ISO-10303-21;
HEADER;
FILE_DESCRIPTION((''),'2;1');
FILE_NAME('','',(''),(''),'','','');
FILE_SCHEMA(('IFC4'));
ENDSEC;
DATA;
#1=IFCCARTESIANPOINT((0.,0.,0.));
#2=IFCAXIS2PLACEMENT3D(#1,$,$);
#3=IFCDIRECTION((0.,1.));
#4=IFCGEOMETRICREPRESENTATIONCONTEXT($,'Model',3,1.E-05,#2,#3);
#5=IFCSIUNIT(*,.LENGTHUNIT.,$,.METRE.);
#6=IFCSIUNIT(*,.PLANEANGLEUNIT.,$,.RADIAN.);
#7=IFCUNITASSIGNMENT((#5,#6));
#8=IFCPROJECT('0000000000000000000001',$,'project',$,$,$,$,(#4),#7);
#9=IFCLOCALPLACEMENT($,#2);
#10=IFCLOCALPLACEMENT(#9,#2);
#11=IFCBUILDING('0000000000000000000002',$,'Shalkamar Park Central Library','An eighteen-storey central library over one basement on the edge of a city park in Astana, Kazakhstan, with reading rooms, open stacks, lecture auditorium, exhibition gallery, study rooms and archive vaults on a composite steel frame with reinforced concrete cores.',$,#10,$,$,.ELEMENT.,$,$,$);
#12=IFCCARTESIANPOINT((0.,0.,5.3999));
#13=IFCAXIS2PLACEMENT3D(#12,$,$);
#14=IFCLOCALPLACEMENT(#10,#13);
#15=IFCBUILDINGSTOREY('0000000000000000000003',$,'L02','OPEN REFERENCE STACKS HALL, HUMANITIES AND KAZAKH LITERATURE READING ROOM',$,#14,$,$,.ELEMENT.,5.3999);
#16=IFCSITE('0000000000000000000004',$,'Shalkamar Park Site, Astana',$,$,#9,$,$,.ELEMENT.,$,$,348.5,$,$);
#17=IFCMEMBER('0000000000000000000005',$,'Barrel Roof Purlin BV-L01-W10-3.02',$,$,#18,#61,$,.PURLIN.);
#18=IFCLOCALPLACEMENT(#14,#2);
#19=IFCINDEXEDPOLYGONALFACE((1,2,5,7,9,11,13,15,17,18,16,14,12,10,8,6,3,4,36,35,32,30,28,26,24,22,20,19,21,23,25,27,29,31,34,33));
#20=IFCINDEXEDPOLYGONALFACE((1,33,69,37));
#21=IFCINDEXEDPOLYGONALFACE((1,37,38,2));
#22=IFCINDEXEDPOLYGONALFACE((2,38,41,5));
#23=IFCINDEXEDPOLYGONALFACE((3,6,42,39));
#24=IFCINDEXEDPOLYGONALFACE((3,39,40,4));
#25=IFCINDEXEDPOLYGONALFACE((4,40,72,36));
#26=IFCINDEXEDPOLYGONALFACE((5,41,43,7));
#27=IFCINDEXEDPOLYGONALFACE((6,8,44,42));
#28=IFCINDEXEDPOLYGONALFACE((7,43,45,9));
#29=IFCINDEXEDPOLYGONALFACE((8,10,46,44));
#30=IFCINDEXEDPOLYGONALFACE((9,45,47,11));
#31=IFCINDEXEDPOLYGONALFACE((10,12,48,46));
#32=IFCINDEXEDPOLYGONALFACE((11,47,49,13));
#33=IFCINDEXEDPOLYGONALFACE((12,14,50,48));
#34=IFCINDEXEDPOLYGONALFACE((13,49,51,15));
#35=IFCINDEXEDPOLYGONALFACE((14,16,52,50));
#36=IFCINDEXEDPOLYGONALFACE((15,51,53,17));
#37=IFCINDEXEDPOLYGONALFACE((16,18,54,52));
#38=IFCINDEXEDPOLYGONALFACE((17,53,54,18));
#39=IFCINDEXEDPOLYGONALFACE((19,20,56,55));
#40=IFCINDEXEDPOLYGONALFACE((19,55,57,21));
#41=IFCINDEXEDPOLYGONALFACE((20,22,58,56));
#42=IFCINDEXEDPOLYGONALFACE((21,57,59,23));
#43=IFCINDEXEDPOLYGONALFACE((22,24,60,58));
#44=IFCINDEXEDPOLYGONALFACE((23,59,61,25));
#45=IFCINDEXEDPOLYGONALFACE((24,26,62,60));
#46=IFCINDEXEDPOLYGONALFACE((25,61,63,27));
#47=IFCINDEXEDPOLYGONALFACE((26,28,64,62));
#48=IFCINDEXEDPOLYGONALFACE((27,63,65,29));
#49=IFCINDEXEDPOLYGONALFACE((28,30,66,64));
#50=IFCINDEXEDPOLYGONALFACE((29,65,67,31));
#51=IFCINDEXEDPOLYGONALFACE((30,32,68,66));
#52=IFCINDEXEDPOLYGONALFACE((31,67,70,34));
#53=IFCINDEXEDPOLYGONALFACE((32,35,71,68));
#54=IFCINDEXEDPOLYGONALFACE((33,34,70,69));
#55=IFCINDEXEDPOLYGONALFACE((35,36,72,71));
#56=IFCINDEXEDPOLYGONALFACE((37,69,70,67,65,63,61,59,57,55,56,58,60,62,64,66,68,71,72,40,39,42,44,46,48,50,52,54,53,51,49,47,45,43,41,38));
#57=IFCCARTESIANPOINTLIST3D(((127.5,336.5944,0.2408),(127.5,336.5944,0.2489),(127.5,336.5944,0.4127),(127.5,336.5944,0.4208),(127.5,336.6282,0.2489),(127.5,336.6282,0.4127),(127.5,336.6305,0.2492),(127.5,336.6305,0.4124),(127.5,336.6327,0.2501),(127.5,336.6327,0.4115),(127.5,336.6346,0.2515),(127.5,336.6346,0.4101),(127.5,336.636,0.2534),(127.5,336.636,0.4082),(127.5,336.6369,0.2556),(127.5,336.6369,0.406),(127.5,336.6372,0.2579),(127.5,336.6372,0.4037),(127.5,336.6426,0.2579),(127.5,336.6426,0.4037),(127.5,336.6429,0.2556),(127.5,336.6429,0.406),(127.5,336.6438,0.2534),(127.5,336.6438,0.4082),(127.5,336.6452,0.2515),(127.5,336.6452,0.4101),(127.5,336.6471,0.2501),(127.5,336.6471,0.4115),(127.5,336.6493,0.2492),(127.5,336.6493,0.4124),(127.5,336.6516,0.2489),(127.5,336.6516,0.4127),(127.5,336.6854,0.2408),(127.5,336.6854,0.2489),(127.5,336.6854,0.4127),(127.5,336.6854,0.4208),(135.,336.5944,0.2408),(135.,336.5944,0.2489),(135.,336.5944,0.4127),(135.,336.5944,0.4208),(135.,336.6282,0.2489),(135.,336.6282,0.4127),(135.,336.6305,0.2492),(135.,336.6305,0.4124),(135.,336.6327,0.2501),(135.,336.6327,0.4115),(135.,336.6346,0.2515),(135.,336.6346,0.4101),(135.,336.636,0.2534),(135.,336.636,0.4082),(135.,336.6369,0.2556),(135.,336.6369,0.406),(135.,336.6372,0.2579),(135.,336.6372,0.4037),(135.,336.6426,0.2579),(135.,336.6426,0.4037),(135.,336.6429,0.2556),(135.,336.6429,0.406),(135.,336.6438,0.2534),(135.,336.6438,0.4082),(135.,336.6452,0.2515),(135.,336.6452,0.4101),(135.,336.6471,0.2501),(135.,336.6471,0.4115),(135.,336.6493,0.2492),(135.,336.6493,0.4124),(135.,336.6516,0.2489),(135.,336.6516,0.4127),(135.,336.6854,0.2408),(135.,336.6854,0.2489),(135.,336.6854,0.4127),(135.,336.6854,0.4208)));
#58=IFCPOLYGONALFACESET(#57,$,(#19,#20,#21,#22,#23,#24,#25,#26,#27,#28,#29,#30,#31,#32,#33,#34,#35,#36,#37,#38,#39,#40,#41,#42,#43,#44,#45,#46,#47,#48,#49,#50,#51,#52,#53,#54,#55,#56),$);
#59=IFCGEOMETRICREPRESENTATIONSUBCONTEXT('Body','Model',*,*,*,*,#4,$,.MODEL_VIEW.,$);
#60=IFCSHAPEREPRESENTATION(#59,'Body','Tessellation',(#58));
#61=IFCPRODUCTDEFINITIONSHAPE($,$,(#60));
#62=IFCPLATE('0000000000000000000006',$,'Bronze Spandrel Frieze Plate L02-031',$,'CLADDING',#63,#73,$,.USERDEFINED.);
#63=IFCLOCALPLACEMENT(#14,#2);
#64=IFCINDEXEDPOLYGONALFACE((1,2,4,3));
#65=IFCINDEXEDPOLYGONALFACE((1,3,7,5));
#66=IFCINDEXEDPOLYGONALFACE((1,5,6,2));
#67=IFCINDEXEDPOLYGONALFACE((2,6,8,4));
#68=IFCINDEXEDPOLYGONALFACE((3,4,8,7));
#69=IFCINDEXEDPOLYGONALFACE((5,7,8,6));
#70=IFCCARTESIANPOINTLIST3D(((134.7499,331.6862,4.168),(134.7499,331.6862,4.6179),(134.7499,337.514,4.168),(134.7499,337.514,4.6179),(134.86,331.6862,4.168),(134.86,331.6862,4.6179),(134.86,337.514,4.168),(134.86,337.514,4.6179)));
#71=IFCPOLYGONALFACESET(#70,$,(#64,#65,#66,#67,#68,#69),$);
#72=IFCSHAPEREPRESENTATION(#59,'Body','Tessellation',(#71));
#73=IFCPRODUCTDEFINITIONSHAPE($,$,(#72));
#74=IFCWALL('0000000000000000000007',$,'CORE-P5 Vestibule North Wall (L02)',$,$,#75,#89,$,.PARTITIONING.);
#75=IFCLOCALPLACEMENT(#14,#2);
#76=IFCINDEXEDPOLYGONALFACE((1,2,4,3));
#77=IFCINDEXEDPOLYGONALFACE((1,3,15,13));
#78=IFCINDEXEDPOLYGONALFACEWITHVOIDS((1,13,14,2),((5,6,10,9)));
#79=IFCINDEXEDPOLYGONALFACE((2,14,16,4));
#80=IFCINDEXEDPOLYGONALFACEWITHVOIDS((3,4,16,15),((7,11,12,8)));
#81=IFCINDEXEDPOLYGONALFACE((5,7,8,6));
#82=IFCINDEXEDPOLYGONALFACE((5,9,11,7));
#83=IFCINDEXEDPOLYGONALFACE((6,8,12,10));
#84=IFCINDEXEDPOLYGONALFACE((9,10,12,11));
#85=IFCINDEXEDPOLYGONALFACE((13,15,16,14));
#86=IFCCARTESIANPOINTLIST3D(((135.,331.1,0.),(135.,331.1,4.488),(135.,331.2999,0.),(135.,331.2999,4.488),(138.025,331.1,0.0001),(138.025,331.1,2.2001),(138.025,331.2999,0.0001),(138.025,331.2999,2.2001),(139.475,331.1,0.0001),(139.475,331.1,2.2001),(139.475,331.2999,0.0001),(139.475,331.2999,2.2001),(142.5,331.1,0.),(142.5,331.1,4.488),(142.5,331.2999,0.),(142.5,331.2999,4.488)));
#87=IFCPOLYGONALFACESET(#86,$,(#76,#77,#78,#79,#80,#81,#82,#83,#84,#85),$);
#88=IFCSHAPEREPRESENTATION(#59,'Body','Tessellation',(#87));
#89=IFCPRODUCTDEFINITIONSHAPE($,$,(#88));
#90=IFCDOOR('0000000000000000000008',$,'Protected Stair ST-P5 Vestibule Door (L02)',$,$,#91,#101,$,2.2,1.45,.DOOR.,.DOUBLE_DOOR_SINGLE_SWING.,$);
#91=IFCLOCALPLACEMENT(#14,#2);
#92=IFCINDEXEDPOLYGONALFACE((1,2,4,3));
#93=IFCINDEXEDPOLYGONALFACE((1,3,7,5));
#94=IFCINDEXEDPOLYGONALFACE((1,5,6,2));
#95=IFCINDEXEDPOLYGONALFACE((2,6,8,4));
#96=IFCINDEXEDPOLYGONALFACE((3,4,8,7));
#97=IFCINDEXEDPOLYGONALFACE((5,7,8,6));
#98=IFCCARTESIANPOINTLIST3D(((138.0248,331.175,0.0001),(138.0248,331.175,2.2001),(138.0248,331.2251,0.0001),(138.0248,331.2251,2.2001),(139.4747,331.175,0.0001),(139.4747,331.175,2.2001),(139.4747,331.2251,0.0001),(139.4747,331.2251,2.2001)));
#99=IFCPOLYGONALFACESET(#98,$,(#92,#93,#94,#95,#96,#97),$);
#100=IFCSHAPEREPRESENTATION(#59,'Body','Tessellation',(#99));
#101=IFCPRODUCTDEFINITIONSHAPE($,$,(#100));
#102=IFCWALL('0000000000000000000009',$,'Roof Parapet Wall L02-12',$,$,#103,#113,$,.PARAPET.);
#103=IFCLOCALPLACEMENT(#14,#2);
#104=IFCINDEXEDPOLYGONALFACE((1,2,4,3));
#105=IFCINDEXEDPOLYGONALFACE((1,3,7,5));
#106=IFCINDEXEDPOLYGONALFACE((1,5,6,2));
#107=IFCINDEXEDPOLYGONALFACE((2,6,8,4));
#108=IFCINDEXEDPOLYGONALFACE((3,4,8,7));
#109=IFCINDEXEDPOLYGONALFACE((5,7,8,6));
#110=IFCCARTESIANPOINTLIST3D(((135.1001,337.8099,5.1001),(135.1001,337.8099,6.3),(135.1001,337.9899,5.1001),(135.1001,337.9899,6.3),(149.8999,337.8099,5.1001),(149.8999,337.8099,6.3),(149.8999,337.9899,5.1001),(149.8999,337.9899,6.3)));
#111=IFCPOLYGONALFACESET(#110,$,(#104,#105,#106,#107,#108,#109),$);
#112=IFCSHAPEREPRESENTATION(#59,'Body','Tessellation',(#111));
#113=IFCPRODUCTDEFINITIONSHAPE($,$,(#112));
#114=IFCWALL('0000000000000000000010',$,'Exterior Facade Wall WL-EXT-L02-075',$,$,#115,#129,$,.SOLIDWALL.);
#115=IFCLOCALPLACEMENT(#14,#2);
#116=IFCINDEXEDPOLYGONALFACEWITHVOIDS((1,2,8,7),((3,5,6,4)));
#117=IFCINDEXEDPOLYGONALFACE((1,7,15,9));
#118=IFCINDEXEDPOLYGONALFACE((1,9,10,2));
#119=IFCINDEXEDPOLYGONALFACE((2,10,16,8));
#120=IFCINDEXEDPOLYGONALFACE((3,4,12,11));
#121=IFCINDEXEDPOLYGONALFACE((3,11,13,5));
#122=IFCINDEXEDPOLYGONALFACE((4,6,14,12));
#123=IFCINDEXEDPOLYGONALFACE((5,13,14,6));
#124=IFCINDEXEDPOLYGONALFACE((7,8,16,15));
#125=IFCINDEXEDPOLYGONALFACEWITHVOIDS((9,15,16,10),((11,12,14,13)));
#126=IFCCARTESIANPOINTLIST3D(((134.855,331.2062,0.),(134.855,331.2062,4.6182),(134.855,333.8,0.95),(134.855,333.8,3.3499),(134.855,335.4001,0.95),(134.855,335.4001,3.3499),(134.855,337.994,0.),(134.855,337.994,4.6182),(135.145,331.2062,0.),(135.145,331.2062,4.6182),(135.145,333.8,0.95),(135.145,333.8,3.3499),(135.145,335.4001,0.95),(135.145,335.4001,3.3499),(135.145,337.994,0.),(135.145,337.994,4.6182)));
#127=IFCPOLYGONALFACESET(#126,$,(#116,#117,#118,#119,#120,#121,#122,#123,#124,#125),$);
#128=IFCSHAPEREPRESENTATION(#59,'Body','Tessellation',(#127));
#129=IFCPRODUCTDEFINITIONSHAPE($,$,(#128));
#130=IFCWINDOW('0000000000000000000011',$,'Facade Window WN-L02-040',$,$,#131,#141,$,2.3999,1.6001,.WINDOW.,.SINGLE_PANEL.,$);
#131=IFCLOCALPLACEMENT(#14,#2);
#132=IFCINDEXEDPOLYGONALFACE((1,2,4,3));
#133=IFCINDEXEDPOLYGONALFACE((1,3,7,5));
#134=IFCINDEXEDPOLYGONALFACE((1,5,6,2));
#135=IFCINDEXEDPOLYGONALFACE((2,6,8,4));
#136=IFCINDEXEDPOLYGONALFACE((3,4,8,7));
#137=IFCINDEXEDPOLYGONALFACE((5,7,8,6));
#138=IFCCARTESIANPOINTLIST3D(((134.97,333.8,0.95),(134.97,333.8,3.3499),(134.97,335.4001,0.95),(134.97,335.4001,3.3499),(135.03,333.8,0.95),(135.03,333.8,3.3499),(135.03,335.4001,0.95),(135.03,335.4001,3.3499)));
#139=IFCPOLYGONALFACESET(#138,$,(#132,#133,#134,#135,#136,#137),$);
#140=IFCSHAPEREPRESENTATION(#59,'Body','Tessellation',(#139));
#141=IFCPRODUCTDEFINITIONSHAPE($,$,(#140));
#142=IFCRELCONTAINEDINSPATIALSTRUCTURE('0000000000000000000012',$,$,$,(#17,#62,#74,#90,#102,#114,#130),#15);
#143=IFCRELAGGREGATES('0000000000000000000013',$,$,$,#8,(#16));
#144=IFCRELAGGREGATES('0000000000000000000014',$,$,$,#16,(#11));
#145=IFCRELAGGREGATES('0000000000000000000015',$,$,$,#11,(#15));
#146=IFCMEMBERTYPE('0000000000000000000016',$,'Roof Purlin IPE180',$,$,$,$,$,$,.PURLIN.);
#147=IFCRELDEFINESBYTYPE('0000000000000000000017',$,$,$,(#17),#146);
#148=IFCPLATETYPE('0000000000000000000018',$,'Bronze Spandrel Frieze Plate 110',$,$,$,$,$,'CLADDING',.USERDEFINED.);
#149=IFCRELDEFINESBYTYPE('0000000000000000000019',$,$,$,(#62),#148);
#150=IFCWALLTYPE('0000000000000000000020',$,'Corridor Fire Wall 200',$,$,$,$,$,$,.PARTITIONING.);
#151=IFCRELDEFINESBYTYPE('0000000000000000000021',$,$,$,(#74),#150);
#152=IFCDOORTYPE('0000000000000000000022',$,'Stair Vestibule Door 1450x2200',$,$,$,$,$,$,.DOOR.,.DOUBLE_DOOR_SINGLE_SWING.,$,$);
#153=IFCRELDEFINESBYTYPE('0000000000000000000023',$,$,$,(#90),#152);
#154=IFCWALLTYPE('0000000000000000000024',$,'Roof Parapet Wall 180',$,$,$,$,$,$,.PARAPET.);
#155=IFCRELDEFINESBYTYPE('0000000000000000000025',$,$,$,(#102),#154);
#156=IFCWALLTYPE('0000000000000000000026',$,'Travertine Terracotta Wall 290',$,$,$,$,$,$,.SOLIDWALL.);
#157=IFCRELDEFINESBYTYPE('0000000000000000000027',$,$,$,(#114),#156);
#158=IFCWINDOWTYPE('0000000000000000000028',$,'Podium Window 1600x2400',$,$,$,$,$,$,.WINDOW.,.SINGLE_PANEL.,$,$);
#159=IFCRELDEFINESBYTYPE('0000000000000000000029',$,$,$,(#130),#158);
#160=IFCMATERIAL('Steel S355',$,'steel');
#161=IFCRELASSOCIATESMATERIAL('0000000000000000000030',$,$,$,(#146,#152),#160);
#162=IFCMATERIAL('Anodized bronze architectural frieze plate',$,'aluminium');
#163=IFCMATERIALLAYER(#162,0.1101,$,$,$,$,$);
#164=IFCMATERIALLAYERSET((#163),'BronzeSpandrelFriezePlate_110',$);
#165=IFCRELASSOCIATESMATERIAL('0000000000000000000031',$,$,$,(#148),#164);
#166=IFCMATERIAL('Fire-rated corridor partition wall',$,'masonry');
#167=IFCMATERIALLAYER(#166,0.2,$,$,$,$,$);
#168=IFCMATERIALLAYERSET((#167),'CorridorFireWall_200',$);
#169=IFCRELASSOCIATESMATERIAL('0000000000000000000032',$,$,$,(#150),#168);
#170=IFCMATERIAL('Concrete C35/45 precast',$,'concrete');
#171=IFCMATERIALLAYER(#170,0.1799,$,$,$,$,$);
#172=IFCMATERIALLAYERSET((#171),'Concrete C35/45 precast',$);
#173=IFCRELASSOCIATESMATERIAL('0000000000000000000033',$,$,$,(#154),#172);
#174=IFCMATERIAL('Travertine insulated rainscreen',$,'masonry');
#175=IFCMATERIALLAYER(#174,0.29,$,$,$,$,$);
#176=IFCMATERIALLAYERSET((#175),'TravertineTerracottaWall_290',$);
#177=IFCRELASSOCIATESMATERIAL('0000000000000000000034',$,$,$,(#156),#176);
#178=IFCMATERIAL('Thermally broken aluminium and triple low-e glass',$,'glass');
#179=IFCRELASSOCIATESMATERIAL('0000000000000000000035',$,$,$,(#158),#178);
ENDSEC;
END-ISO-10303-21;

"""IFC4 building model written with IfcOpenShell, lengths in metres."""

from ifc_helpers import new_model, si_unit, direction, frame, frame_2d, origin, origin_2d, place, context, subcontext, project, spatial, rectangle, i_section, extrude, material, layer, layer_set, material_profile, profile_set, type_object, element, fill, save


model = new_model("IFC4")

# Units and contexts
model_context = context("Model", 3, precision=1e-05, world=origin(), true_north=direction((0.0, 1.0)))
body_context = subcontext(model_context, "Body", "Model", "MODEL_VIEW")
ifc_project = project(units=[si_unit("LENGTHUNIT", "METRE"), si_unit("PLANEANGLEUNIT", "RADIAN")], contexts=[model_context])

# Site, building, storey
site_placement = place(None, origin())
site = spatial("IfcSite", under=ifc_project, at=site_placement, Name="Shalkamar Park Site, Astana", CompositionType="ELEMENT", RefElevation=348.5)
building_placement = place(site_placement, origin())
building = spatial("IfcBuilding", under=site, at=building_placement, Name="Shalkamar Park Central Library", Description="An eighteen-storey central library over one basement on the edge of a city park in Astana, Kazakhstan, with reading rooms, open stacks, lecture auditorium, exhibition gallery, study rooms and archive vaults on a composite steel frame with reinforced concrete cores.", CompositionType="ELEMENT")
storey_placement = place(building_placement, frame((0.0, 0.0, 5.3999)))
storey = spatial("IfcBuildingStorey", under=building, at=storey_placement, Name="L02", Description="OPEN REFERENCE STACKS HALL, HUMANITIES AND KAZAKH LITERATURE READING ROOM", CompositionType="ELEMENT", Elevation=5.3999)

# Shared definitions
ifc_material_1 = material(Name="Steel S355", Category="steel")

# Member
ifc_material_profile_1 = material_profile(ifc_material_1, i_section(OverallWidth=0.0911, OverallDepth=0.1799, WebThickness=0.0054, FlangeThickness=0.0081, FilletRadius=0.009, at=origin_2d()), Name="IPE 180")
ifc_profile_set_1 = profile_set([ifc_material_profile_1], Name="Steel S355")
member_type_1 = type_object("IfcMemberType", Name="Roof Purlin IPE180", PredefinedType="PURLIN", material=ifc_profile_set_1)
for number, where, z_axis, x_axis, name in (
    (1, (127.5, 336.6399, 0.3308), (1.0, 0.0, 0.0), (0.0, 1.0, 0.0), "Barrel Roof Purlin BV-L01-W10-3.02"),
):
    element("IfcMember", number, at=place(storey_placement, frame(where, z_axis=z_axis, x_axis=x_axis)), inside=storey, type_object=member_type_1, Name=name, PredefinedType="PURLIN", context=body_context, shape_type="SweptSolid", body=[
        extrude(i_section(OverallWidth=0.0911, OverallDepth=0.1799, WebThickness=0.0054, FlangeThickness=0.0081, FilletRadius=0.009, at=origin_2d()), origin(), (0.0, 0.0, 1.0), 7.5),
    ])

# Plate
ifc_material_2 = material(Name="Anodized bronze architectural frieze plate", Category="aluminium")
ifc_layer_1 = layer(ifc_material_2, 0.1101)
ifc_layer_set_1 = layer_set([ifc_layer_1], Name="BronzeSpandrelFriezePlate_110")
plate_type = type_object("IfcPlateType", Name="Bronze Spandrel Frieze Plate 110", ElementType="CLADDING", PredefinedType="USERDEFINED", material=ifc_layer_set_1)
plate_placement = place(storey_placement, frame((134.8049, 334.6001, 4.168), z_axis=(0.0, 0.0, 1.0), x_axis=(1.0, 0.0, 0.0)))
element("IfcPlate", 2, at=plate_placement, inside=storey, type_object=plate_type, Name="Bronze Spandrel Frieze Plate L02-031", ObjectType="CLADDING", PredefinedType="USERDEFINED", context=body_context, shape_type="SweptSolid", body=[
    extrude(rectangle(XDim=0.1101, YDim=5.8279, at=origin_2d()), origin(), (0.0, 0.0, 1.0), 0.45),
])

# Wall, opening, door
ifc_material_3 = material(Name="Fire-rated corridor partition wall", Category="masonry")
ifc_layer_2 = layer(ifc_material_3, 0.2)
ifc_layer_set_2 = layer_set([ifc_layer_2], Name="CorridorFireWall_200")
wall_type_1 = type_object("IfcWallType", Name="Corridor Fire Wall 200", PredefinedType="PARTITIONING", material=ifc_layer_set_2)
wall_1_placement = place(storey_placement, frame((135.0, 331.2, 0.0), z_axis=(0.0, 0.0, 1.0), x_axis=(1.0, 0.0, 0.0)))
wall_1 = element("IfcWall", 3, at=wall_1_placement, inside=storey, type_object=wall_type_1, Name="CORE-P5 Vestibule North Wall (L02)", PredefinedType="PARTITIONING", context=body_context, shape_type="SweptSolid", body=[
    extrude(rectangle(XDim=7.5, YDim=0.2, at=frame_2d((3.75, 0.0))), origin(), (0.0, 0.0, 1.0), 4.488),
])
opening_1_placement = place(wall_1_placement, frame((3.0249, 0.0, 0.0)))
opening_1 = element("IfcOpeningElement", 4, at=opening_1_placement, cuts=wall_1, PredefinedType="OPENING", context=body_context, shape_type="SweptSolid", body=[
    extrude(rectangle(XDim=1.45, YDim=2.2, at=frame_2d((0.7251, 1.1001))), frame((0.0, 0.1147, 0.0), z_axis=(0.0, -1.0, 0.0), x_axis=(1.0, 0.0, 0.0)), (0.0, 0.0, 1.0), 0.2297),
])
door_type = type_object("IfcDoorType", Name="Stair Vestibule Door 1450x2200", OperationType="DOUBLE_DOOR_SINGLE_SWING", PredefinedType="DOOR", material=ifc_material_1)
door_placement = place(opening_1_placement, frame((1.45, 0.0, 0.0), z_axis=(0.0, 0.0, 1.0), x_axis=(-1.0, 0.0, 0.0)))
door = element("IfcDoor", 5, at=door_placement, inside=storey, type_object=door_type, Name="Protected Stair ST-P5 Vestibule Door (L02)", OperationType="DOUBLE_DOOR_SINGLE_SWING", OverallHeight=2.2, OverallWidth=1.45, PredefinedType="DOOR", context=body_context, shape_type="SweptSolid", body=[
    extrude(rectangle(XDim=1.45, YDim=2.2, at=frame_2d((0.7251, 1.1001))), frame((0.0, 0.0249, 0.0), z_axis=(0.0, -1.0, 0.0), x_axis=(1.0, 0.0, 0.0)), (0.0, 0.0, 1.0), 0.05),
])
fill(opening_1, door)

# Wall
ifc_material_4 = material(Name="Concrete C35/45 precast", Category="concrete")
ifc_layer_3 = layer(ifc_material_4, 0.1799)
ifc_layer_set_3 = layer_set([ifc_layer_3], Name="Concrete C35/45 precast")
wall_type_2 = type_object("IfcWallType", Name="Roof Parapet Wall 180", PredefinedType="PARAPET", material=ifc_layer_set_3)
wall_2_placement = place(storey_placement, frame((135.1001, 337.8999, 5.1001), z_axis=(0.0, 0.0, 1.0), x_axis=(1.0, 0.0, 0.0)))
element("IfcWall", 6, at=wall_2_placement, inside=storey, type_object=wall_type_2, Name="Roof Parapet Wall L02-12", PredefinedType="PARAPET", context=body_context, shape_type="SweptSolid", body=[
    extrude(rectangle(XDim=14.7998, YDim=0.1799, at=frame_2d((7.3999, 0.0))), origin(), (0.0, 0.0, 1.0), 1.2),
])

# Wall, opening, window
ifc_material_5 = material(Name="Travertine insulated rainscreen", Category="masonry")
ifc_layer_4 = layer(ifc_material_5, 0.29)
ifc_layer_set_4 = layer_set([ifc_layer_4], Name="TravertineTerracottaWall_290")
wall_type_3 = type_object("IfcWallType", Name="Travertine Terracotta Wall 290", PredefinedType="SOLIDWALL", material=ifc_layer_set_4)
wall_3_placement = place(storey_placement, frame((135.0, 331.2061, 0.0), z_axis=(0.0, 0.0, 1.0), x_axis=(0.0, 1.0, 0.0)))
wall_3 = element("IfcWall", 7, at=wall_3_placement, inside=storey, type_object=wall_type_3, Name="Exterior Facade Wall WL-EXT-L02-075", PredefinedType="SOLIDWALL", context=body_context, shape_type="SweptSolid", body=[
    extrude(rectangle(XDim=6.7878, YDim=0.29, at=frame_2d((3.394, 0.0))), origin(), (0.0, 0.0, 1.0), 4.6182),
])
opening_2_placement = place(wall_3_placement, frame((2.594, 0.0, 0.95)))
opening_2 = element("IfcOpeningElement", 8, at=opening_2_placement, cuts=wall_3, PredefinedType="OPENING", context=body_context, shape_type="SweptSolid", body=[
    extrude(rectangle(XDim=1.6001, YDim=2.3999, at=frame_2d((0.8, 1.2))), frame((0.0, 0.1599, 0.0), z_axis=(0.0, -1.0, 0.0), x_axis=(1.0, 0.0, 0.0)), (0.0, 0.0, 1.0), 0.3198),
])
ifc_material_6 = material(Name="Thermally broken aluminium and triple low-e glass", Category="glass")
window_type = type_object("IfcWindowType", Name="Podium Window 1600x2400", PartitioningType="SINGLE_PANEL", PredefinedType="WINDOW", material=ifc_material_6)
window_placement = place(opening_2_placement, origin())
window = element("IfcWindow", 9, at=window_placement, inside=storey, type_object=window_type, Name="Facade Window WN-L02-040", OverallHeight=2.3999, OverallWidth=1.6001, PartitioningType="SINGLE_PANEL", PredefinedType="WINDOW", context=body_context, shape_type="SweptSolid", body=[
    extrude(rectangle(XDim=1.6001, YDim=2.3999, at=frame_2d((0.8, 1.2))), frame((0.0, 0.03, 0.0), z_axis=(0.0, -1.0, 0.0), x_axis=(1.0, 0.0, 0.0)), (0.0, 0.0, 1.0), 0.0601),
])
fill(opening_2, window)

save(model, "model.ifc")
